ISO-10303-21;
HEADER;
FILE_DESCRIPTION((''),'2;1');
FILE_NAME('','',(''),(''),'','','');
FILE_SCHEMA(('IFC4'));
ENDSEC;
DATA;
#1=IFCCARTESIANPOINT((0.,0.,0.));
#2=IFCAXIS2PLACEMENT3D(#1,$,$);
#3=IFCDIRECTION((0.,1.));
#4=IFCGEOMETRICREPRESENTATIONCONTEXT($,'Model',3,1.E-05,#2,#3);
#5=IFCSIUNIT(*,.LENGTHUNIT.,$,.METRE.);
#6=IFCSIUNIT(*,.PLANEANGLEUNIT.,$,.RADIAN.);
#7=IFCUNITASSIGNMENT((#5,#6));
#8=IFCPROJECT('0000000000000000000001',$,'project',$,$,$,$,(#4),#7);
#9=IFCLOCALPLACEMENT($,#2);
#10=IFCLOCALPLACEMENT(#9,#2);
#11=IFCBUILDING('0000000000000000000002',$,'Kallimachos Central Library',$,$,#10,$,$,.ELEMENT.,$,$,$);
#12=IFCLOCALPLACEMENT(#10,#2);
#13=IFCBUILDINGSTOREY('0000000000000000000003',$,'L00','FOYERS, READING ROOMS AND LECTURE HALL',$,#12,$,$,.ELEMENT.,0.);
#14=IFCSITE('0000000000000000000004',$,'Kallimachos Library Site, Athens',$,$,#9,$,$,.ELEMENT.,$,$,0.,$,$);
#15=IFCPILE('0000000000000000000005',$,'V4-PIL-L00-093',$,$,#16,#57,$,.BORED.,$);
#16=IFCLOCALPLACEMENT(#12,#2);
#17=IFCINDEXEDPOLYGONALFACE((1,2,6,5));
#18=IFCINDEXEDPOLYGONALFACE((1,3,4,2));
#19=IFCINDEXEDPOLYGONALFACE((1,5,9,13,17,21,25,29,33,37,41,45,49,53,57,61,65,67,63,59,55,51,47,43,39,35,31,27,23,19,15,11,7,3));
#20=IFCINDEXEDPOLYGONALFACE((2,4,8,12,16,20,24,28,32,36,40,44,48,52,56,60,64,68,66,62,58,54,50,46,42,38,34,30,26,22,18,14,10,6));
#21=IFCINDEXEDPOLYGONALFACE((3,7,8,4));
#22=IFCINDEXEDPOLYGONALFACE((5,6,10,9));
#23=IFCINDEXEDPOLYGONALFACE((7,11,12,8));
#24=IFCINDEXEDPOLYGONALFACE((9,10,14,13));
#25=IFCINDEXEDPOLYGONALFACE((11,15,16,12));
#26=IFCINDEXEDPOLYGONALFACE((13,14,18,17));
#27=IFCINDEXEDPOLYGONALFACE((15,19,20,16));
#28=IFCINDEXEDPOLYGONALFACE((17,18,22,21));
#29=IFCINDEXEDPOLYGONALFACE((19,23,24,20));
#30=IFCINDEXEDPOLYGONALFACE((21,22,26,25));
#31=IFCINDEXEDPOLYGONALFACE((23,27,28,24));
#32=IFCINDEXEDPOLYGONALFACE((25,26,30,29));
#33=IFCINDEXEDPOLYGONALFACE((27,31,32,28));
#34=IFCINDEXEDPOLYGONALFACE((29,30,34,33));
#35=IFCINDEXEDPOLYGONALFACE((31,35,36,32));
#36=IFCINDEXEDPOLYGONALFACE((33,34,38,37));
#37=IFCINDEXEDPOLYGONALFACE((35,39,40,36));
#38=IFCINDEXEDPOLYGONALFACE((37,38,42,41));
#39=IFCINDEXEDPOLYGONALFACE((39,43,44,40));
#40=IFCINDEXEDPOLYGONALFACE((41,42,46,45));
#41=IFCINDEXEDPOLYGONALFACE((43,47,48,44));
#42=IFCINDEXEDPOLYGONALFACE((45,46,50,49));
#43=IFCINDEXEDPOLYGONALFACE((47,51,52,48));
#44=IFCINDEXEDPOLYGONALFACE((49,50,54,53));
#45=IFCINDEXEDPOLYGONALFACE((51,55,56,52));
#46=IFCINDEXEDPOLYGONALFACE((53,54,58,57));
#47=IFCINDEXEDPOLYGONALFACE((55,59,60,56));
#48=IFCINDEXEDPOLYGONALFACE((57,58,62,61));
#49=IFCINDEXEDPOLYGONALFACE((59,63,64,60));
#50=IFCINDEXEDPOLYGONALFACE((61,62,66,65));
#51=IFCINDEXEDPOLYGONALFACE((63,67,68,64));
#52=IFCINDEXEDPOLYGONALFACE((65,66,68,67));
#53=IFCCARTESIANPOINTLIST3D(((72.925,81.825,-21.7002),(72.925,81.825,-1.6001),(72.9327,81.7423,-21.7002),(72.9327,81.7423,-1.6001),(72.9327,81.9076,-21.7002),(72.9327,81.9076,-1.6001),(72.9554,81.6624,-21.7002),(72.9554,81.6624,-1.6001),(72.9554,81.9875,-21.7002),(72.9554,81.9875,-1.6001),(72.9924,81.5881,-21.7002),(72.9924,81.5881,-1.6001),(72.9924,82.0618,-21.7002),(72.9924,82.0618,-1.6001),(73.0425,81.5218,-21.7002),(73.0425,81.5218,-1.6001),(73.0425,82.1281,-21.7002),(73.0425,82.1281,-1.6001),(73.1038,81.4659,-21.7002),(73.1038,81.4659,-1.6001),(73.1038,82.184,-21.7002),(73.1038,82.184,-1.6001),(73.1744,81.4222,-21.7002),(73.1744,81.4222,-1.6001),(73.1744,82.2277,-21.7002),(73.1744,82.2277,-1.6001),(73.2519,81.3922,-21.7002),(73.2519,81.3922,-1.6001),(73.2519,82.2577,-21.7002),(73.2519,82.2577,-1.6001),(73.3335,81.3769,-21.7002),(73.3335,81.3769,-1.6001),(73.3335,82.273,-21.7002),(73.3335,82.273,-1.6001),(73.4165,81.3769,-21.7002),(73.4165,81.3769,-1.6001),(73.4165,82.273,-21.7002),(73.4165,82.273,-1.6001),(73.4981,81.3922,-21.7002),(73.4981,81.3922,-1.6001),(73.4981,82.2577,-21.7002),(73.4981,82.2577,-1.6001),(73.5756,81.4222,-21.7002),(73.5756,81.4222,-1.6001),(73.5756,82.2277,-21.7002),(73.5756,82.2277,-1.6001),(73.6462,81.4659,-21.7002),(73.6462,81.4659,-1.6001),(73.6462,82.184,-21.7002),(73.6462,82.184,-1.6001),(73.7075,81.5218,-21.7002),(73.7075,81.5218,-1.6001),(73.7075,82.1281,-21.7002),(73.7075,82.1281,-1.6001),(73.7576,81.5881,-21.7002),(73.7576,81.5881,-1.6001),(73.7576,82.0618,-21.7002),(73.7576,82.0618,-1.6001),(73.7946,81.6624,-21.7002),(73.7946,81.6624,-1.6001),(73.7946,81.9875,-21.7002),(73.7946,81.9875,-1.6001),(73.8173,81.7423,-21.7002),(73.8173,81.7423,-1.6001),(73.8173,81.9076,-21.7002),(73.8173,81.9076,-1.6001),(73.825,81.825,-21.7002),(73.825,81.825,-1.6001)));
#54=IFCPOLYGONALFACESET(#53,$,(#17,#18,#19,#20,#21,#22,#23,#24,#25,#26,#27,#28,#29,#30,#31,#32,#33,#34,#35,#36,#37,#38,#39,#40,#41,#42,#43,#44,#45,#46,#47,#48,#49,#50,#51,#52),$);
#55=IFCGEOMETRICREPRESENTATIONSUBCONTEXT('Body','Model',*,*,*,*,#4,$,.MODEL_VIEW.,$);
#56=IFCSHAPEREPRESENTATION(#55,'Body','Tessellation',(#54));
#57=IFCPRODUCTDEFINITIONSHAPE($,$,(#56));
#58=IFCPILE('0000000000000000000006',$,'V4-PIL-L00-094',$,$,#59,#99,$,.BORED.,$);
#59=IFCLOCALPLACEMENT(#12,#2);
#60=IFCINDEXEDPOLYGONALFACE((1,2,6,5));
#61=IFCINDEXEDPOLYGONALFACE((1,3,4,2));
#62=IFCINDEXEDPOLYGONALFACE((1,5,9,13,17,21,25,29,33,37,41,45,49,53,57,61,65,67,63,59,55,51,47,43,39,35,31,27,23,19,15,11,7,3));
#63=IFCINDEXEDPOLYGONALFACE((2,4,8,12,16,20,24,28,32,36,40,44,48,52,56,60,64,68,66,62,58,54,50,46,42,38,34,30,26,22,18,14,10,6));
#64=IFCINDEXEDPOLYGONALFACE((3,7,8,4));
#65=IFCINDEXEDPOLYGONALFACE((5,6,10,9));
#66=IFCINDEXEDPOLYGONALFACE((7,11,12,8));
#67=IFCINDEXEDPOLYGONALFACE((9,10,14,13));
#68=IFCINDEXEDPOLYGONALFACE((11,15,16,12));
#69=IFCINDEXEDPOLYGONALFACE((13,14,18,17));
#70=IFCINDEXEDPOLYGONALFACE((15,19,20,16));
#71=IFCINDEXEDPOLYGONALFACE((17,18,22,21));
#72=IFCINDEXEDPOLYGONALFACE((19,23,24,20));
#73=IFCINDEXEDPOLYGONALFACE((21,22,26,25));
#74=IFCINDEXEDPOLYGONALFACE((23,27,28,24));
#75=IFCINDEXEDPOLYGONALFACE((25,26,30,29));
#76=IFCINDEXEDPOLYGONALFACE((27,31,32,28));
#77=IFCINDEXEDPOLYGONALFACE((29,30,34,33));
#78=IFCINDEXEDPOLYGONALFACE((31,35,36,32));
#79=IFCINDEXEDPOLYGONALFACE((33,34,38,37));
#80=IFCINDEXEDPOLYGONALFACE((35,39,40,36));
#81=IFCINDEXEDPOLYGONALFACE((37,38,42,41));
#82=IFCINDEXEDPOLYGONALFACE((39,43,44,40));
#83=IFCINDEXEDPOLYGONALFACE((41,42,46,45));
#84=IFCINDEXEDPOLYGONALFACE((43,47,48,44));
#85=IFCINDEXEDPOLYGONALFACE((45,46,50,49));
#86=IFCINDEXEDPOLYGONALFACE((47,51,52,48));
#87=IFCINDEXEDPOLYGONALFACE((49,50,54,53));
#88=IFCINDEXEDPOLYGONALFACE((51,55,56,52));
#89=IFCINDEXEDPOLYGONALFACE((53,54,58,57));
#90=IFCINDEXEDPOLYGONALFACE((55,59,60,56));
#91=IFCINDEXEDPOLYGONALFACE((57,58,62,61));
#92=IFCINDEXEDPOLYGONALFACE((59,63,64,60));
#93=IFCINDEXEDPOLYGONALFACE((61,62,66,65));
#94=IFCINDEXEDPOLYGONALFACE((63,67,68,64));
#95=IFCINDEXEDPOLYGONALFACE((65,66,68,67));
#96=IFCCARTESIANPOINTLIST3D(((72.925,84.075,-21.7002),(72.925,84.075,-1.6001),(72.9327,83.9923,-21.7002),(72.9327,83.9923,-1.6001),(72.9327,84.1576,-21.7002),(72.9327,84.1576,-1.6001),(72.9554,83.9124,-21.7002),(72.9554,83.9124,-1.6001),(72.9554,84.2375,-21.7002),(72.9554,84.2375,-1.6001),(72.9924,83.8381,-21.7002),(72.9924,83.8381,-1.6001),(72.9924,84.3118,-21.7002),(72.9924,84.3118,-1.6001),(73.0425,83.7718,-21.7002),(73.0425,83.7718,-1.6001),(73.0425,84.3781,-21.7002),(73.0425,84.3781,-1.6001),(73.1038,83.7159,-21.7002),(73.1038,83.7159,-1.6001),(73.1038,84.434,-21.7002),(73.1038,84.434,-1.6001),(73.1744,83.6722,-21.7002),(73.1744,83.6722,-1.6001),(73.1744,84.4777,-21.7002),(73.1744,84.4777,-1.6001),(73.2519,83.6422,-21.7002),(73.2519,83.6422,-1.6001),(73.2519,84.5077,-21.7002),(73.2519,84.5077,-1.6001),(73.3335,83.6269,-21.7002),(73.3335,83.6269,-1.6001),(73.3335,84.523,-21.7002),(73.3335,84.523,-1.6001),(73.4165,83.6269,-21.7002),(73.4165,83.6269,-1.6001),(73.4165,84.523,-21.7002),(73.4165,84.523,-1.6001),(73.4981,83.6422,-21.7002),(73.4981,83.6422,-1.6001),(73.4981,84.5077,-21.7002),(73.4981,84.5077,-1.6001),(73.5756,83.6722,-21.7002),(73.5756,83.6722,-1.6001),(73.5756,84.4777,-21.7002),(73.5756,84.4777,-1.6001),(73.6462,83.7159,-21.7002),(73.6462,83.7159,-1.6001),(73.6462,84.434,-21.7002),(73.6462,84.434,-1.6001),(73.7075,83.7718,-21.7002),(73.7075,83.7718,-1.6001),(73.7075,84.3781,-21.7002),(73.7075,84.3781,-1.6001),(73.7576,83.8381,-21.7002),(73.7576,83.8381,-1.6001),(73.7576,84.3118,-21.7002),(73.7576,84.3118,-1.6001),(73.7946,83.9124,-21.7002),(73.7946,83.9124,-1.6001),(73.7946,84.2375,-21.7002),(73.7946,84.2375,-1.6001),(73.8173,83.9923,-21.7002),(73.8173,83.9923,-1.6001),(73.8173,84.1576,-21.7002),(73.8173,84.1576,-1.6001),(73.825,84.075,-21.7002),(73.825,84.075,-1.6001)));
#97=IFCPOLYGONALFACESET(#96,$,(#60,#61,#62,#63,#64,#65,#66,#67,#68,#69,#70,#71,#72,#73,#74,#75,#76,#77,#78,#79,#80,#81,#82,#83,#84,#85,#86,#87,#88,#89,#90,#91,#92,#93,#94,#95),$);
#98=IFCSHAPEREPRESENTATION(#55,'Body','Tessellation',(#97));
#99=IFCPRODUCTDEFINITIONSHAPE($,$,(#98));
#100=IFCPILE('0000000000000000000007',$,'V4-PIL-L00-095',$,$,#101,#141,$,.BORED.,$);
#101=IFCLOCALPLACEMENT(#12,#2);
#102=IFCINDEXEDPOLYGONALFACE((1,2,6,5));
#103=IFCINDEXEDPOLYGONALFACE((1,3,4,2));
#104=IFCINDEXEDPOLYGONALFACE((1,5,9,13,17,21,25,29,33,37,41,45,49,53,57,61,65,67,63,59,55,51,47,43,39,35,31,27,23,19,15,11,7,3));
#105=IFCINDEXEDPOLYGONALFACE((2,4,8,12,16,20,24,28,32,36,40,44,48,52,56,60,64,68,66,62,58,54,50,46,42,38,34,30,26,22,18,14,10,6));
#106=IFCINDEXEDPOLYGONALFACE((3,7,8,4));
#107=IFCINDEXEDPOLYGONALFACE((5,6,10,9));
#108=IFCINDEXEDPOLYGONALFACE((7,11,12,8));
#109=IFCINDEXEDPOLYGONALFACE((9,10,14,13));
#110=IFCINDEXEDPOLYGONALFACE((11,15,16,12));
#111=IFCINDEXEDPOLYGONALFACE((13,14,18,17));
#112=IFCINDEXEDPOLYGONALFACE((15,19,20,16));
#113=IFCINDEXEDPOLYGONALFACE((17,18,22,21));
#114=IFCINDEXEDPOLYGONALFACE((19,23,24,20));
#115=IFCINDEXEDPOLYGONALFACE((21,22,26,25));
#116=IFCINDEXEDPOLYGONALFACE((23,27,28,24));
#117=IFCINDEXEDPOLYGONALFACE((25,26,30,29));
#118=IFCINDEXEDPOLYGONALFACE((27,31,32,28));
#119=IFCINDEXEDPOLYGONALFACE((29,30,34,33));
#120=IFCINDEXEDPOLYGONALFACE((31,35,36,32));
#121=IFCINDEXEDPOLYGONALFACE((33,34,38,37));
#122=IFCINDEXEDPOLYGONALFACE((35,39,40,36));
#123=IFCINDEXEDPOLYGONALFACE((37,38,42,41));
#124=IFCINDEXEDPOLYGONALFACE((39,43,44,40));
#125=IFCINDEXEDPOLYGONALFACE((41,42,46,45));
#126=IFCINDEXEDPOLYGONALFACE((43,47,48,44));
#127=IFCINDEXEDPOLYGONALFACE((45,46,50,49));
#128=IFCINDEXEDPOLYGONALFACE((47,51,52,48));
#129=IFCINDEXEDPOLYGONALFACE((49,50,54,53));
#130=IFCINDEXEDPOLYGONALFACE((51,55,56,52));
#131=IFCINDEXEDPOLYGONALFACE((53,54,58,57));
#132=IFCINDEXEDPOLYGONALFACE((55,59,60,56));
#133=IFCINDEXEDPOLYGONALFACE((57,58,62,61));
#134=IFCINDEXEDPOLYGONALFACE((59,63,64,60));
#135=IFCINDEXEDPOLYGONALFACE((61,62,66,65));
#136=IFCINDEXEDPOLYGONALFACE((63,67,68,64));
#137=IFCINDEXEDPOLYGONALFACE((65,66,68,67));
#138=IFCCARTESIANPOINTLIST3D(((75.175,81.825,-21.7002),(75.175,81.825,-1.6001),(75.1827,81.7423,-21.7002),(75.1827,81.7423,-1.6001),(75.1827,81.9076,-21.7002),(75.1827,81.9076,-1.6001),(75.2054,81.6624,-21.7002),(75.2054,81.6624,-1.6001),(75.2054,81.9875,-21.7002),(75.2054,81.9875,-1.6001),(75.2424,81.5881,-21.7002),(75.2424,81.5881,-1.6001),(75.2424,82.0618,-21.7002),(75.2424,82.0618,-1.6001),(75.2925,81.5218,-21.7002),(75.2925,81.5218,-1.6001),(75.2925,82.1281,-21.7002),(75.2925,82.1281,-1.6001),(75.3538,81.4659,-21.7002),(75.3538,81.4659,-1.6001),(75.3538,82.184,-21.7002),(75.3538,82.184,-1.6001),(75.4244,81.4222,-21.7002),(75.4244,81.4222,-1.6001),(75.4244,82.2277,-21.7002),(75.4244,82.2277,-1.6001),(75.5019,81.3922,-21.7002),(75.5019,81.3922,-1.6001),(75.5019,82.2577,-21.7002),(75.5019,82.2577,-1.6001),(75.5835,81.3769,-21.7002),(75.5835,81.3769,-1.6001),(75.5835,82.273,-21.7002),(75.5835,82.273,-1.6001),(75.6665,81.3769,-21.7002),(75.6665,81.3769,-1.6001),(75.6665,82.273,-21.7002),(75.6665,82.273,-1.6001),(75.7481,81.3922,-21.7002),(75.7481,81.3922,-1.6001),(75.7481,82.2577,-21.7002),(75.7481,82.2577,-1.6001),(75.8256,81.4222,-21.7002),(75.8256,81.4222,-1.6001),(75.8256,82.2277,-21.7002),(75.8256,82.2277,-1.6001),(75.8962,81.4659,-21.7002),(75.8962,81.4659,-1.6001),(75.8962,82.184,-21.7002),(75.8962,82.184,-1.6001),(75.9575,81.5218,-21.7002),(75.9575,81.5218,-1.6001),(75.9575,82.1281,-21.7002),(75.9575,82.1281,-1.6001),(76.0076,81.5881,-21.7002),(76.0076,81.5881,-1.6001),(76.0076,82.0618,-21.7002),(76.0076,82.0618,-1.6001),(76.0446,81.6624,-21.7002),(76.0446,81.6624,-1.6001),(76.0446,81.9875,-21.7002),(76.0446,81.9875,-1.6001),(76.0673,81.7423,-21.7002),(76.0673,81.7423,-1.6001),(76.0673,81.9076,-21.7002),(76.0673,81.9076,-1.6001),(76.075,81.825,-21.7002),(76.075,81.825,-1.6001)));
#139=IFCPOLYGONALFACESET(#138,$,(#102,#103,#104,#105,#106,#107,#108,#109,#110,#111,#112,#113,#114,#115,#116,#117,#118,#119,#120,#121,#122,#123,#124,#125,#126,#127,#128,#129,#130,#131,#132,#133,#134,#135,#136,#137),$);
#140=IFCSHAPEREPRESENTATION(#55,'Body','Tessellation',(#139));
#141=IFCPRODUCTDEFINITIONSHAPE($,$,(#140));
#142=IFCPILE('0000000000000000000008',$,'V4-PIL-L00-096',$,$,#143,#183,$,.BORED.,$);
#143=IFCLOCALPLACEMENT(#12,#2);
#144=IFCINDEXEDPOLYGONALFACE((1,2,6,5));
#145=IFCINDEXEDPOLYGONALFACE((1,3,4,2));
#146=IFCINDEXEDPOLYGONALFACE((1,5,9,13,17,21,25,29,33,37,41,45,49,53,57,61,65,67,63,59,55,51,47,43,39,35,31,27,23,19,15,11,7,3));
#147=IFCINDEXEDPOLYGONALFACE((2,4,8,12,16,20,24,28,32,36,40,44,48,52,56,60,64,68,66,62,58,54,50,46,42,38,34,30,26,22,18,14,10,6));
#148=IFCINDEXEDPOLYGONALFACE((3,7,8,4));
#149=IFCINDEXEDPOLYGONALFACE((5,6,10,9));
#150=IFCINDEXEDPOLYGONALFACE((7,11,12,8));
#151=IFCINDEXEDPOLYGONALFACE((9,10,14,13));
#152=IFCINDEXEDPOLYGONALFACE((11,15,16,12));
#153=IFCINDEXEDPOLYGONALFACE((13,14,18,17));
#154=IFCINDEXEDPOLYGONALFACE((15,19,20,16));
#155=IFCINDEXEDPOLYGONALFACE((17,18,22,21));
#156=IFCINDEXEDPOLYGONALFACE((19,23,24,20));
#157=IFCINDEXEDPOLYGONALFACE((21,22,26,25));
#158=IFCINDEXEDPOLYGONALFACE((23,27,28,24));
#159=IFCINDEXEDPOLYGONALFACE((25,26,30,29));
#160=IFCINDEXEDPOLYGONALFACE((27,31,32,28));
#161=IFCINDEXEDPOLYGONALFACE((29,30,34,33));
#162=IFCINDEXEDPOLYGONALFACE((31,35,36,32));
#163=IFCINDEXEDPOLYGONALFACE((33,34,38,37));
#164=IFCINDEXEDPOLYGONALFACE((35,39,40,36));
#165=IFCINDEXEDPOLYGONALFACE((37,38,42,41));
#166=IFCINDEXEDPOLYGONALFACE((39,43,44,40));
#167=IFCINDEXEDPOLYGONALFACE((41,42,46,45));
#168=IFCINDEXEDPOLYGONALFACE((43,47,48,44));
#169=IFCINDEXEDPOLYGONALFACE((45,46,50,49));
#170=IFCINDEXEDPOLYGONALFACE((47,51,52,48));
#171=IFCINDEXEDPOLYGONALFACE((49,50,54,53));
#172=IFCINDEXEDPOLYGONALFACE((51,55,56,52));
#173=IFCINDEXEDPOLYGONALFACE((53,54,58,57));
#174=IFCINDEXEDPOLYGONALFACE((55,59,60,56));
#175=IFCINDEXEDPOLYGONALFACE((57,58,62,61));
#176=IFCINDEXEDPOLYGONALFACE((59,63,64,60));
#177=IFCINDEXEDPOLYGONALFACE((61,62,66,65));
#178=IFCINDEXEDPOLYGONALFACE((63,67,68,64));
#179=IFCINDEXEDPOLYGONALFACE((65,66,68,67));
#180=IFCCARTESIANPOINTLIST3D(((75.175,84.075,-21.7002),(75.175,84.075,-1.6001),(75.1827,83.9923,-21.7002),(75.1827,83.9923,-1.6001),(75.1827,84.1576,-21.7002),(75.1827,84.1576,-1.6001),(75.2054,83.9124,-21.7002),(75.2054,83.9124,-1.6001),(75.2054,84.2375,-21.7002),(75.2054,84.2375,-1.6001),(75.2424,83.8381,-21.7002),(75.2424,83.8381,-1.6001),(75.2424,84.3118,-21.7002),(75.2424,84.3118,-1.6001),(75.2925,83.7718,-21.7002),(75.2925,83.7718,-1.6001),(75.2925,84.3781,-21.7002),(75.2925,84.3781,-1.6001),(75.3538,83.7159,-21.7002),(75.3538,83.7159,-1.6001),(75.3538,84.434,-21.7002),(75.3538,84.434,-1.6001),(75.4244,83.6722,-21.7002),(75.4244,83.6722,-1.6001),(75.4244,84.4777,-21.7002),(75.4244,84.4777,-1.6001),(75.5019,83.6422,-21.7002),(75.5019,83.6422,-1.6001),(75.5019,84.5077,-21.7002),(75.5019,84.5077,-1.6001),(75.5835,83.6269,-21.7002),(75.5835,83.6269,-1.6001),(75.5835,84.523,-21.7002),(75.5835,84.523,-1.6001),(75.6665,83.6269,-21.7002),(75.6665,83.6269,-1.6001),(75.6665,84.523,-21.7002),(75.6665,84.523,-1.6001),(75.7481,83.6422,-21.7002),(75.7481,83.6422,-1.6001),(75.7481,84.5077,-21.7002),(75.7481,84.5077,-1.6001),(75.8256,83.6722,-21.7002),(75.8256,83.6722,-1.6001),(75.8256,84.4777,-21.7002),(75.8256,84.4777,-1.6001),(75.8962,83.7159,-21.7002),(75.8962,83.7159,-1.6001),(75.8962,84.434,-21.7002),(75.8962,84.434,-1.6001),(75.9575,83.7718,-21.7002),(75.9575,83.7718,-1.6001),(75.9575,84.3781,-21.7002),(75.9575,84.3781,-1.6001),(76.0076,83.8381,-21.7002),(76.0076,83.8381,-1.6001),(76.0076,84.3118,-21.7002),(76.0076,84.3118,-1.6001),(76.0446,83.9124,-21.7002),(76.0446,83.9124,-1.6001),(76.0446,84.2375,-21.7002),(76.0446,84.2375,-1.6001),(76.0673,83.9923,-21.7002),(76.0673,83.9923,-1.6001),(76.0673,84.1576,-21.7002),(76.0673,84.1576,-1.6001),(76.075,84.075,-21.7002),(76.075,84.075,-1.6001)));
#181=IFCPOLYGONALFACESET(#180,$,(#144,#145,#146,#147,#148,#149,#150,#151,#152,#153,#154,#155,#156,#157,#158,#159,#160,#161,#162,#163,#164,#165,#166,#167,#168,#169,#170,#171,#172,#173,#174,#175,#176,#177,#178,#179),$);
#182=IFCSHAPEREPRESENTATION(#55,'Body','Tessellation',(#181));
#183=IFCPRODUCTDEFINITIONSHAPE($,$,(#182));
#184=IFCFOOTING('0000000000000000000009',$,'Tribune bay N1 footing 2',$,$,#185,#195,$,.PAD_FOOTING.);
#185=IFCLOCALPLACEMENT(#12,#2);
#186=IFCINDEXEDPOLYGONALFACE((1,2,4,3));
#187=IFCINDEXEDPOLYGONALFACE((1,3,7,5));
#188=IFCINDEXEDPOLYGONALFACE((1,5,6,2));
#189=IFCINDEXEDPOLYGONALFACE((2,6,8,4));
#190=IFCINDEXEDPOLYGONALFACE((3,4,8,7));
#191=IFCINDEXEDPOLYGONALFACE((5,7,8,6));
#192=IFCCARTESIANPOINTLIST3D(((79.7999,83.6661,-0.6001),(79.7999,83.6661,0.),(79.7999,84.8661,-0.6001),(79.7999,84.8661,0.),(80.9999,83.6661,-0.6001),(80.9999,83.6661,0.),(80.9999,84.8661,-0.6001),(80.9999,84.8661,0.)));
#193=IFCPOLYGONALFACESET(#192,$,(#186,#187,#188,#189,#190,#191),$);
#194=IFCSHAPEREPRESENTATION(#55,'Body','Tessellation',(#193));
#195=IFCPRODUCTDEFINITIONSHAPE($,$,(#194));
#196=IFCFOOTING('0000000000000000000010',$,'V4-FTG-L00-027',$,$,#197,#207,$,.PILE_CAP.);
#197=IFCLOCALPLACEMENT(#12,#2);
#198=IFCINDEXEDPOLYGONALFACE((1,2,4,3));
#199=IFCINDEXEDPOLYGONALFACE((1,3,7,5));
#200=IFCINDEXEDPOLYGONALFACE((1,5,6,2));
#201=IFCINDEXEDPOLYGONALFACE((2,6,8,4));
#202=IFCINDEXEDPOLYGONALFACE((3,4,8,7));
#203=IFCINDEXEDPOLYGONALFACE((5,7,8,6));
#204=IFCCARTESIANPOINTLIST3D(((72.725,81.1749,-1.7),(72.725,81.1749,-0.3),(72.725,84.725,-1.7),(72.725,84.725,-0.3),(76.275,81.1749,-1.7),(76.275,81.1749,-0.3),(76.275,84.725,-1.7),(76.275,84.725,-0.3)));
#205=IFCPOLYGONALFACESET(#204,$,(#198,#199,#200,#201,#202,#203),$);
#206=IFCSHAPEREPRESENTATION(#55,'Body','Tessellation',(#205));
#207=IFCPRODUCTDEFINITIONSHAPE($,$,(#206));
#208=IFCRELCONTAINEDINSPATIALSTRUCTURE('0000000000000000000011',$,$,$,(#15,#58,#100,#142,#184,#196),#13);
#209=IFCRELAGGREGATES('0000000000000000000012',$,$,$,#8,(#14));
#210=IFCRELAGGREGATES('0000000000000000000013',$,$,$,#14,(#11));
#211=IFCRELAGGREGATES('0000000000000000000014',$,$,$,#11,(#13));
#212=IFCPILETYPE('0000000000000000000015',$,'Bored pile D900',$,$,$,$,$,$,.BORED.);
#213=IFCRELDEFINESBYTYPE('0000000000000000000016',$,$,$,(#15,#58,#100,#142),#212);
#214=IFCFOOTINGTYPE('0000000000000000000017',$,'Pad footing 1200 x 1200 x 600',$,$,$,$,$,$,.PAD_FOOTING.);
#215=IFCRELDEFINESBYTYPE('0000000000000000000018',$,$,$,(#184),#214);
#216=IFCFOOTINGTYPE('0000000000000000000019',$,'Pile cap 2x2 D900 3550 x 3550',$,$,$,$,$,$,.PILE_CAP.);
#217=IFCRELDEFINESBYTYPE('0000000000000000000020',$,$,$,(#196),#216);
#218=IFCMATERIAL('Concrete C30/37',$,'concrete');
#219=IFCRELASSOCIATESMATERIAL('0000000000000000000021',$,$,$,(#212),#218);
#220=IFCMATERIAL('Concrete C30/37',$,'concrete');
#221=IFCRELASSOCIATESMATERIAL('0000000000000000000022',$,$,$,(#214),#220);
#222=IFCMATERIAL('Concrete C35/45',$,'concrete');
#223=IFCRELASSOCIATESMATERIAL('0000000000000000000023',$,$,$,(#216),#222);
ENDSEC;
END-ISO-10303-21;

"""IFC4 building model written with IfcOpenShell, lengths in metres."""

from ifc_helpers import new_model, si_unit, direction, frame, origin, origin_2d, place, context, subcontext, project, spatial, rectangle, circle, extrude, material, type_object, element, save


model = new_model("IFC4")

# Units and contexts
model_context = context("Model", 3, precision=1e-05, world=origin(), true_north=direction((0.0, 1.0)))
body_context = subcontext(model_context, "Body", "Model", "MODEL_VIEW")
ifc_project = project(units=[si_unit("LENGTHUNIT", "METRE"), si_unit("PLANEANGLEUNIT", "RADIAN")], contexts=[model_context])

# Site, building, storey
site_placement = place(None, origin())
site = spatial("IfcSite", under=ifc_project, at=site_placement, Name="Kallimachos Library Site, Athens", CompositionType="ELEMENT", RefElevation=0.0)
building_placement = place(site_placement, origin())
building = spatial("IfcBuilding", under=site, at=building_placement, Name="Kallimachos Central Library", CompositionType="ELEMENT")
storey_placement = place(building_placement, origin())
storey = spatial("IfcBuildingStorey", under=building, at=storey_placement, Name="L00", Description="FOYERS, READING ROOMS AND LECTURE HALL", CompositionType="ELEMENT", Elevation=0.0)

# Piles
ifc_material_1 = material(Name="Concrete C30/37", Category="concrete")
pile_type = type_object("IfcPileType", Name="Bored pile D900", PredefinedType="BORED", material=ifc_material_1)
for number, where, z_axis, x_axis, name in (
    (1, (73.375, 81.825, -1.6001), (0.0, 0.0, -1.0), (1.0, 0.0, 0.0), "V4-PIL-L00-093"),
    (2, (73.375, 84.075, -1.6001), (0.0, 0.0, -1.0), (1.0, 0.0, 0.0), "V4-PIL-L00-094"),
    (3, (75.625, 81.825, -1.6001), (0.0, 0.0, -1.0), (1.0, 0.0, 0.0), "V4-PIL-L00-095"),
    (4, (75.625, 84.075, -1.6001), (0.0, 0.0, -1.0), (1.0, 0.0, 0.0), "V4-PIL-L00-096"),
):
    element("IfcPile", number, at=place(storey_placement, frame(where, z_axis=z_axis, x_axis=x_axis)), inside=storey, type_object=pile_type, Name=name, PredefinedType="BORED", context=body_context, shape_type="SweptSolid", body=[
        extrude(circle(Radius=0.45, at=origin_2d()), origin(), (0.0, 0.0, 1.0), 20.1001),
    ])

# Footings
ifc_material_2 = material(Name="Concrete C30/37", Category="concrete")
footing_type_1 = type_object("IfcFootingType", Name="Pad footing 1200 x 1200 x 600", PredefinedType="PAD_FOOTING", material=ifc_material_2)
footing_1_placement = place(storey_placement, frame((80.3999, 84.2661, -0.6001), z_axis=(0.0, 0.0, 1.0), x_axis=(1.0, 0.0, 0.0)))
element("IfcFooting", 5, at=footing_1_placement, inside=storey, type_object=footing_type_1, Name="Tribune bay N1 footing 2", PredefinedType="PAD_FOOTING", context=body_context, shape_type="SweptSolid", body=[
    extrude(rectangle(XDim=1.2, YDim=1.2, at=origin_2d()), origin(), (0.0, 0.0, 1.0), 0.6001),
])
ifc_material_3 = material(Name="Concrete C35/45", Category="concrete")
footing_type_2 = type_object("IfcFootingType", Name="Pile cap 2x2 D900 3550 x 3550", PredefinedType="PILE_CAP", material=ifc_material_3)
footing_2_placement = place(storey_placement, frame((74.5, 82.95, -1.7), z_axis=(0.0, 0.0, 1.0), x_axis=(1.0, 0.0, 0.0)))
element("IfcFooting", 6, at=footing_2_placement, inside=storey, type_object=footing_type_2, Name="V4-FTG-L00-027", PredefinedType="PILE_CAP", context=body_context, shape_type="SweptSolid", body=[
    extrude(rectangle(XDim=3.55, YDim=3.55, at=origin_2d()), origin(), (0.0, 0.0, 1.0), 1.3999),
])

save(model, "model.ifc")
